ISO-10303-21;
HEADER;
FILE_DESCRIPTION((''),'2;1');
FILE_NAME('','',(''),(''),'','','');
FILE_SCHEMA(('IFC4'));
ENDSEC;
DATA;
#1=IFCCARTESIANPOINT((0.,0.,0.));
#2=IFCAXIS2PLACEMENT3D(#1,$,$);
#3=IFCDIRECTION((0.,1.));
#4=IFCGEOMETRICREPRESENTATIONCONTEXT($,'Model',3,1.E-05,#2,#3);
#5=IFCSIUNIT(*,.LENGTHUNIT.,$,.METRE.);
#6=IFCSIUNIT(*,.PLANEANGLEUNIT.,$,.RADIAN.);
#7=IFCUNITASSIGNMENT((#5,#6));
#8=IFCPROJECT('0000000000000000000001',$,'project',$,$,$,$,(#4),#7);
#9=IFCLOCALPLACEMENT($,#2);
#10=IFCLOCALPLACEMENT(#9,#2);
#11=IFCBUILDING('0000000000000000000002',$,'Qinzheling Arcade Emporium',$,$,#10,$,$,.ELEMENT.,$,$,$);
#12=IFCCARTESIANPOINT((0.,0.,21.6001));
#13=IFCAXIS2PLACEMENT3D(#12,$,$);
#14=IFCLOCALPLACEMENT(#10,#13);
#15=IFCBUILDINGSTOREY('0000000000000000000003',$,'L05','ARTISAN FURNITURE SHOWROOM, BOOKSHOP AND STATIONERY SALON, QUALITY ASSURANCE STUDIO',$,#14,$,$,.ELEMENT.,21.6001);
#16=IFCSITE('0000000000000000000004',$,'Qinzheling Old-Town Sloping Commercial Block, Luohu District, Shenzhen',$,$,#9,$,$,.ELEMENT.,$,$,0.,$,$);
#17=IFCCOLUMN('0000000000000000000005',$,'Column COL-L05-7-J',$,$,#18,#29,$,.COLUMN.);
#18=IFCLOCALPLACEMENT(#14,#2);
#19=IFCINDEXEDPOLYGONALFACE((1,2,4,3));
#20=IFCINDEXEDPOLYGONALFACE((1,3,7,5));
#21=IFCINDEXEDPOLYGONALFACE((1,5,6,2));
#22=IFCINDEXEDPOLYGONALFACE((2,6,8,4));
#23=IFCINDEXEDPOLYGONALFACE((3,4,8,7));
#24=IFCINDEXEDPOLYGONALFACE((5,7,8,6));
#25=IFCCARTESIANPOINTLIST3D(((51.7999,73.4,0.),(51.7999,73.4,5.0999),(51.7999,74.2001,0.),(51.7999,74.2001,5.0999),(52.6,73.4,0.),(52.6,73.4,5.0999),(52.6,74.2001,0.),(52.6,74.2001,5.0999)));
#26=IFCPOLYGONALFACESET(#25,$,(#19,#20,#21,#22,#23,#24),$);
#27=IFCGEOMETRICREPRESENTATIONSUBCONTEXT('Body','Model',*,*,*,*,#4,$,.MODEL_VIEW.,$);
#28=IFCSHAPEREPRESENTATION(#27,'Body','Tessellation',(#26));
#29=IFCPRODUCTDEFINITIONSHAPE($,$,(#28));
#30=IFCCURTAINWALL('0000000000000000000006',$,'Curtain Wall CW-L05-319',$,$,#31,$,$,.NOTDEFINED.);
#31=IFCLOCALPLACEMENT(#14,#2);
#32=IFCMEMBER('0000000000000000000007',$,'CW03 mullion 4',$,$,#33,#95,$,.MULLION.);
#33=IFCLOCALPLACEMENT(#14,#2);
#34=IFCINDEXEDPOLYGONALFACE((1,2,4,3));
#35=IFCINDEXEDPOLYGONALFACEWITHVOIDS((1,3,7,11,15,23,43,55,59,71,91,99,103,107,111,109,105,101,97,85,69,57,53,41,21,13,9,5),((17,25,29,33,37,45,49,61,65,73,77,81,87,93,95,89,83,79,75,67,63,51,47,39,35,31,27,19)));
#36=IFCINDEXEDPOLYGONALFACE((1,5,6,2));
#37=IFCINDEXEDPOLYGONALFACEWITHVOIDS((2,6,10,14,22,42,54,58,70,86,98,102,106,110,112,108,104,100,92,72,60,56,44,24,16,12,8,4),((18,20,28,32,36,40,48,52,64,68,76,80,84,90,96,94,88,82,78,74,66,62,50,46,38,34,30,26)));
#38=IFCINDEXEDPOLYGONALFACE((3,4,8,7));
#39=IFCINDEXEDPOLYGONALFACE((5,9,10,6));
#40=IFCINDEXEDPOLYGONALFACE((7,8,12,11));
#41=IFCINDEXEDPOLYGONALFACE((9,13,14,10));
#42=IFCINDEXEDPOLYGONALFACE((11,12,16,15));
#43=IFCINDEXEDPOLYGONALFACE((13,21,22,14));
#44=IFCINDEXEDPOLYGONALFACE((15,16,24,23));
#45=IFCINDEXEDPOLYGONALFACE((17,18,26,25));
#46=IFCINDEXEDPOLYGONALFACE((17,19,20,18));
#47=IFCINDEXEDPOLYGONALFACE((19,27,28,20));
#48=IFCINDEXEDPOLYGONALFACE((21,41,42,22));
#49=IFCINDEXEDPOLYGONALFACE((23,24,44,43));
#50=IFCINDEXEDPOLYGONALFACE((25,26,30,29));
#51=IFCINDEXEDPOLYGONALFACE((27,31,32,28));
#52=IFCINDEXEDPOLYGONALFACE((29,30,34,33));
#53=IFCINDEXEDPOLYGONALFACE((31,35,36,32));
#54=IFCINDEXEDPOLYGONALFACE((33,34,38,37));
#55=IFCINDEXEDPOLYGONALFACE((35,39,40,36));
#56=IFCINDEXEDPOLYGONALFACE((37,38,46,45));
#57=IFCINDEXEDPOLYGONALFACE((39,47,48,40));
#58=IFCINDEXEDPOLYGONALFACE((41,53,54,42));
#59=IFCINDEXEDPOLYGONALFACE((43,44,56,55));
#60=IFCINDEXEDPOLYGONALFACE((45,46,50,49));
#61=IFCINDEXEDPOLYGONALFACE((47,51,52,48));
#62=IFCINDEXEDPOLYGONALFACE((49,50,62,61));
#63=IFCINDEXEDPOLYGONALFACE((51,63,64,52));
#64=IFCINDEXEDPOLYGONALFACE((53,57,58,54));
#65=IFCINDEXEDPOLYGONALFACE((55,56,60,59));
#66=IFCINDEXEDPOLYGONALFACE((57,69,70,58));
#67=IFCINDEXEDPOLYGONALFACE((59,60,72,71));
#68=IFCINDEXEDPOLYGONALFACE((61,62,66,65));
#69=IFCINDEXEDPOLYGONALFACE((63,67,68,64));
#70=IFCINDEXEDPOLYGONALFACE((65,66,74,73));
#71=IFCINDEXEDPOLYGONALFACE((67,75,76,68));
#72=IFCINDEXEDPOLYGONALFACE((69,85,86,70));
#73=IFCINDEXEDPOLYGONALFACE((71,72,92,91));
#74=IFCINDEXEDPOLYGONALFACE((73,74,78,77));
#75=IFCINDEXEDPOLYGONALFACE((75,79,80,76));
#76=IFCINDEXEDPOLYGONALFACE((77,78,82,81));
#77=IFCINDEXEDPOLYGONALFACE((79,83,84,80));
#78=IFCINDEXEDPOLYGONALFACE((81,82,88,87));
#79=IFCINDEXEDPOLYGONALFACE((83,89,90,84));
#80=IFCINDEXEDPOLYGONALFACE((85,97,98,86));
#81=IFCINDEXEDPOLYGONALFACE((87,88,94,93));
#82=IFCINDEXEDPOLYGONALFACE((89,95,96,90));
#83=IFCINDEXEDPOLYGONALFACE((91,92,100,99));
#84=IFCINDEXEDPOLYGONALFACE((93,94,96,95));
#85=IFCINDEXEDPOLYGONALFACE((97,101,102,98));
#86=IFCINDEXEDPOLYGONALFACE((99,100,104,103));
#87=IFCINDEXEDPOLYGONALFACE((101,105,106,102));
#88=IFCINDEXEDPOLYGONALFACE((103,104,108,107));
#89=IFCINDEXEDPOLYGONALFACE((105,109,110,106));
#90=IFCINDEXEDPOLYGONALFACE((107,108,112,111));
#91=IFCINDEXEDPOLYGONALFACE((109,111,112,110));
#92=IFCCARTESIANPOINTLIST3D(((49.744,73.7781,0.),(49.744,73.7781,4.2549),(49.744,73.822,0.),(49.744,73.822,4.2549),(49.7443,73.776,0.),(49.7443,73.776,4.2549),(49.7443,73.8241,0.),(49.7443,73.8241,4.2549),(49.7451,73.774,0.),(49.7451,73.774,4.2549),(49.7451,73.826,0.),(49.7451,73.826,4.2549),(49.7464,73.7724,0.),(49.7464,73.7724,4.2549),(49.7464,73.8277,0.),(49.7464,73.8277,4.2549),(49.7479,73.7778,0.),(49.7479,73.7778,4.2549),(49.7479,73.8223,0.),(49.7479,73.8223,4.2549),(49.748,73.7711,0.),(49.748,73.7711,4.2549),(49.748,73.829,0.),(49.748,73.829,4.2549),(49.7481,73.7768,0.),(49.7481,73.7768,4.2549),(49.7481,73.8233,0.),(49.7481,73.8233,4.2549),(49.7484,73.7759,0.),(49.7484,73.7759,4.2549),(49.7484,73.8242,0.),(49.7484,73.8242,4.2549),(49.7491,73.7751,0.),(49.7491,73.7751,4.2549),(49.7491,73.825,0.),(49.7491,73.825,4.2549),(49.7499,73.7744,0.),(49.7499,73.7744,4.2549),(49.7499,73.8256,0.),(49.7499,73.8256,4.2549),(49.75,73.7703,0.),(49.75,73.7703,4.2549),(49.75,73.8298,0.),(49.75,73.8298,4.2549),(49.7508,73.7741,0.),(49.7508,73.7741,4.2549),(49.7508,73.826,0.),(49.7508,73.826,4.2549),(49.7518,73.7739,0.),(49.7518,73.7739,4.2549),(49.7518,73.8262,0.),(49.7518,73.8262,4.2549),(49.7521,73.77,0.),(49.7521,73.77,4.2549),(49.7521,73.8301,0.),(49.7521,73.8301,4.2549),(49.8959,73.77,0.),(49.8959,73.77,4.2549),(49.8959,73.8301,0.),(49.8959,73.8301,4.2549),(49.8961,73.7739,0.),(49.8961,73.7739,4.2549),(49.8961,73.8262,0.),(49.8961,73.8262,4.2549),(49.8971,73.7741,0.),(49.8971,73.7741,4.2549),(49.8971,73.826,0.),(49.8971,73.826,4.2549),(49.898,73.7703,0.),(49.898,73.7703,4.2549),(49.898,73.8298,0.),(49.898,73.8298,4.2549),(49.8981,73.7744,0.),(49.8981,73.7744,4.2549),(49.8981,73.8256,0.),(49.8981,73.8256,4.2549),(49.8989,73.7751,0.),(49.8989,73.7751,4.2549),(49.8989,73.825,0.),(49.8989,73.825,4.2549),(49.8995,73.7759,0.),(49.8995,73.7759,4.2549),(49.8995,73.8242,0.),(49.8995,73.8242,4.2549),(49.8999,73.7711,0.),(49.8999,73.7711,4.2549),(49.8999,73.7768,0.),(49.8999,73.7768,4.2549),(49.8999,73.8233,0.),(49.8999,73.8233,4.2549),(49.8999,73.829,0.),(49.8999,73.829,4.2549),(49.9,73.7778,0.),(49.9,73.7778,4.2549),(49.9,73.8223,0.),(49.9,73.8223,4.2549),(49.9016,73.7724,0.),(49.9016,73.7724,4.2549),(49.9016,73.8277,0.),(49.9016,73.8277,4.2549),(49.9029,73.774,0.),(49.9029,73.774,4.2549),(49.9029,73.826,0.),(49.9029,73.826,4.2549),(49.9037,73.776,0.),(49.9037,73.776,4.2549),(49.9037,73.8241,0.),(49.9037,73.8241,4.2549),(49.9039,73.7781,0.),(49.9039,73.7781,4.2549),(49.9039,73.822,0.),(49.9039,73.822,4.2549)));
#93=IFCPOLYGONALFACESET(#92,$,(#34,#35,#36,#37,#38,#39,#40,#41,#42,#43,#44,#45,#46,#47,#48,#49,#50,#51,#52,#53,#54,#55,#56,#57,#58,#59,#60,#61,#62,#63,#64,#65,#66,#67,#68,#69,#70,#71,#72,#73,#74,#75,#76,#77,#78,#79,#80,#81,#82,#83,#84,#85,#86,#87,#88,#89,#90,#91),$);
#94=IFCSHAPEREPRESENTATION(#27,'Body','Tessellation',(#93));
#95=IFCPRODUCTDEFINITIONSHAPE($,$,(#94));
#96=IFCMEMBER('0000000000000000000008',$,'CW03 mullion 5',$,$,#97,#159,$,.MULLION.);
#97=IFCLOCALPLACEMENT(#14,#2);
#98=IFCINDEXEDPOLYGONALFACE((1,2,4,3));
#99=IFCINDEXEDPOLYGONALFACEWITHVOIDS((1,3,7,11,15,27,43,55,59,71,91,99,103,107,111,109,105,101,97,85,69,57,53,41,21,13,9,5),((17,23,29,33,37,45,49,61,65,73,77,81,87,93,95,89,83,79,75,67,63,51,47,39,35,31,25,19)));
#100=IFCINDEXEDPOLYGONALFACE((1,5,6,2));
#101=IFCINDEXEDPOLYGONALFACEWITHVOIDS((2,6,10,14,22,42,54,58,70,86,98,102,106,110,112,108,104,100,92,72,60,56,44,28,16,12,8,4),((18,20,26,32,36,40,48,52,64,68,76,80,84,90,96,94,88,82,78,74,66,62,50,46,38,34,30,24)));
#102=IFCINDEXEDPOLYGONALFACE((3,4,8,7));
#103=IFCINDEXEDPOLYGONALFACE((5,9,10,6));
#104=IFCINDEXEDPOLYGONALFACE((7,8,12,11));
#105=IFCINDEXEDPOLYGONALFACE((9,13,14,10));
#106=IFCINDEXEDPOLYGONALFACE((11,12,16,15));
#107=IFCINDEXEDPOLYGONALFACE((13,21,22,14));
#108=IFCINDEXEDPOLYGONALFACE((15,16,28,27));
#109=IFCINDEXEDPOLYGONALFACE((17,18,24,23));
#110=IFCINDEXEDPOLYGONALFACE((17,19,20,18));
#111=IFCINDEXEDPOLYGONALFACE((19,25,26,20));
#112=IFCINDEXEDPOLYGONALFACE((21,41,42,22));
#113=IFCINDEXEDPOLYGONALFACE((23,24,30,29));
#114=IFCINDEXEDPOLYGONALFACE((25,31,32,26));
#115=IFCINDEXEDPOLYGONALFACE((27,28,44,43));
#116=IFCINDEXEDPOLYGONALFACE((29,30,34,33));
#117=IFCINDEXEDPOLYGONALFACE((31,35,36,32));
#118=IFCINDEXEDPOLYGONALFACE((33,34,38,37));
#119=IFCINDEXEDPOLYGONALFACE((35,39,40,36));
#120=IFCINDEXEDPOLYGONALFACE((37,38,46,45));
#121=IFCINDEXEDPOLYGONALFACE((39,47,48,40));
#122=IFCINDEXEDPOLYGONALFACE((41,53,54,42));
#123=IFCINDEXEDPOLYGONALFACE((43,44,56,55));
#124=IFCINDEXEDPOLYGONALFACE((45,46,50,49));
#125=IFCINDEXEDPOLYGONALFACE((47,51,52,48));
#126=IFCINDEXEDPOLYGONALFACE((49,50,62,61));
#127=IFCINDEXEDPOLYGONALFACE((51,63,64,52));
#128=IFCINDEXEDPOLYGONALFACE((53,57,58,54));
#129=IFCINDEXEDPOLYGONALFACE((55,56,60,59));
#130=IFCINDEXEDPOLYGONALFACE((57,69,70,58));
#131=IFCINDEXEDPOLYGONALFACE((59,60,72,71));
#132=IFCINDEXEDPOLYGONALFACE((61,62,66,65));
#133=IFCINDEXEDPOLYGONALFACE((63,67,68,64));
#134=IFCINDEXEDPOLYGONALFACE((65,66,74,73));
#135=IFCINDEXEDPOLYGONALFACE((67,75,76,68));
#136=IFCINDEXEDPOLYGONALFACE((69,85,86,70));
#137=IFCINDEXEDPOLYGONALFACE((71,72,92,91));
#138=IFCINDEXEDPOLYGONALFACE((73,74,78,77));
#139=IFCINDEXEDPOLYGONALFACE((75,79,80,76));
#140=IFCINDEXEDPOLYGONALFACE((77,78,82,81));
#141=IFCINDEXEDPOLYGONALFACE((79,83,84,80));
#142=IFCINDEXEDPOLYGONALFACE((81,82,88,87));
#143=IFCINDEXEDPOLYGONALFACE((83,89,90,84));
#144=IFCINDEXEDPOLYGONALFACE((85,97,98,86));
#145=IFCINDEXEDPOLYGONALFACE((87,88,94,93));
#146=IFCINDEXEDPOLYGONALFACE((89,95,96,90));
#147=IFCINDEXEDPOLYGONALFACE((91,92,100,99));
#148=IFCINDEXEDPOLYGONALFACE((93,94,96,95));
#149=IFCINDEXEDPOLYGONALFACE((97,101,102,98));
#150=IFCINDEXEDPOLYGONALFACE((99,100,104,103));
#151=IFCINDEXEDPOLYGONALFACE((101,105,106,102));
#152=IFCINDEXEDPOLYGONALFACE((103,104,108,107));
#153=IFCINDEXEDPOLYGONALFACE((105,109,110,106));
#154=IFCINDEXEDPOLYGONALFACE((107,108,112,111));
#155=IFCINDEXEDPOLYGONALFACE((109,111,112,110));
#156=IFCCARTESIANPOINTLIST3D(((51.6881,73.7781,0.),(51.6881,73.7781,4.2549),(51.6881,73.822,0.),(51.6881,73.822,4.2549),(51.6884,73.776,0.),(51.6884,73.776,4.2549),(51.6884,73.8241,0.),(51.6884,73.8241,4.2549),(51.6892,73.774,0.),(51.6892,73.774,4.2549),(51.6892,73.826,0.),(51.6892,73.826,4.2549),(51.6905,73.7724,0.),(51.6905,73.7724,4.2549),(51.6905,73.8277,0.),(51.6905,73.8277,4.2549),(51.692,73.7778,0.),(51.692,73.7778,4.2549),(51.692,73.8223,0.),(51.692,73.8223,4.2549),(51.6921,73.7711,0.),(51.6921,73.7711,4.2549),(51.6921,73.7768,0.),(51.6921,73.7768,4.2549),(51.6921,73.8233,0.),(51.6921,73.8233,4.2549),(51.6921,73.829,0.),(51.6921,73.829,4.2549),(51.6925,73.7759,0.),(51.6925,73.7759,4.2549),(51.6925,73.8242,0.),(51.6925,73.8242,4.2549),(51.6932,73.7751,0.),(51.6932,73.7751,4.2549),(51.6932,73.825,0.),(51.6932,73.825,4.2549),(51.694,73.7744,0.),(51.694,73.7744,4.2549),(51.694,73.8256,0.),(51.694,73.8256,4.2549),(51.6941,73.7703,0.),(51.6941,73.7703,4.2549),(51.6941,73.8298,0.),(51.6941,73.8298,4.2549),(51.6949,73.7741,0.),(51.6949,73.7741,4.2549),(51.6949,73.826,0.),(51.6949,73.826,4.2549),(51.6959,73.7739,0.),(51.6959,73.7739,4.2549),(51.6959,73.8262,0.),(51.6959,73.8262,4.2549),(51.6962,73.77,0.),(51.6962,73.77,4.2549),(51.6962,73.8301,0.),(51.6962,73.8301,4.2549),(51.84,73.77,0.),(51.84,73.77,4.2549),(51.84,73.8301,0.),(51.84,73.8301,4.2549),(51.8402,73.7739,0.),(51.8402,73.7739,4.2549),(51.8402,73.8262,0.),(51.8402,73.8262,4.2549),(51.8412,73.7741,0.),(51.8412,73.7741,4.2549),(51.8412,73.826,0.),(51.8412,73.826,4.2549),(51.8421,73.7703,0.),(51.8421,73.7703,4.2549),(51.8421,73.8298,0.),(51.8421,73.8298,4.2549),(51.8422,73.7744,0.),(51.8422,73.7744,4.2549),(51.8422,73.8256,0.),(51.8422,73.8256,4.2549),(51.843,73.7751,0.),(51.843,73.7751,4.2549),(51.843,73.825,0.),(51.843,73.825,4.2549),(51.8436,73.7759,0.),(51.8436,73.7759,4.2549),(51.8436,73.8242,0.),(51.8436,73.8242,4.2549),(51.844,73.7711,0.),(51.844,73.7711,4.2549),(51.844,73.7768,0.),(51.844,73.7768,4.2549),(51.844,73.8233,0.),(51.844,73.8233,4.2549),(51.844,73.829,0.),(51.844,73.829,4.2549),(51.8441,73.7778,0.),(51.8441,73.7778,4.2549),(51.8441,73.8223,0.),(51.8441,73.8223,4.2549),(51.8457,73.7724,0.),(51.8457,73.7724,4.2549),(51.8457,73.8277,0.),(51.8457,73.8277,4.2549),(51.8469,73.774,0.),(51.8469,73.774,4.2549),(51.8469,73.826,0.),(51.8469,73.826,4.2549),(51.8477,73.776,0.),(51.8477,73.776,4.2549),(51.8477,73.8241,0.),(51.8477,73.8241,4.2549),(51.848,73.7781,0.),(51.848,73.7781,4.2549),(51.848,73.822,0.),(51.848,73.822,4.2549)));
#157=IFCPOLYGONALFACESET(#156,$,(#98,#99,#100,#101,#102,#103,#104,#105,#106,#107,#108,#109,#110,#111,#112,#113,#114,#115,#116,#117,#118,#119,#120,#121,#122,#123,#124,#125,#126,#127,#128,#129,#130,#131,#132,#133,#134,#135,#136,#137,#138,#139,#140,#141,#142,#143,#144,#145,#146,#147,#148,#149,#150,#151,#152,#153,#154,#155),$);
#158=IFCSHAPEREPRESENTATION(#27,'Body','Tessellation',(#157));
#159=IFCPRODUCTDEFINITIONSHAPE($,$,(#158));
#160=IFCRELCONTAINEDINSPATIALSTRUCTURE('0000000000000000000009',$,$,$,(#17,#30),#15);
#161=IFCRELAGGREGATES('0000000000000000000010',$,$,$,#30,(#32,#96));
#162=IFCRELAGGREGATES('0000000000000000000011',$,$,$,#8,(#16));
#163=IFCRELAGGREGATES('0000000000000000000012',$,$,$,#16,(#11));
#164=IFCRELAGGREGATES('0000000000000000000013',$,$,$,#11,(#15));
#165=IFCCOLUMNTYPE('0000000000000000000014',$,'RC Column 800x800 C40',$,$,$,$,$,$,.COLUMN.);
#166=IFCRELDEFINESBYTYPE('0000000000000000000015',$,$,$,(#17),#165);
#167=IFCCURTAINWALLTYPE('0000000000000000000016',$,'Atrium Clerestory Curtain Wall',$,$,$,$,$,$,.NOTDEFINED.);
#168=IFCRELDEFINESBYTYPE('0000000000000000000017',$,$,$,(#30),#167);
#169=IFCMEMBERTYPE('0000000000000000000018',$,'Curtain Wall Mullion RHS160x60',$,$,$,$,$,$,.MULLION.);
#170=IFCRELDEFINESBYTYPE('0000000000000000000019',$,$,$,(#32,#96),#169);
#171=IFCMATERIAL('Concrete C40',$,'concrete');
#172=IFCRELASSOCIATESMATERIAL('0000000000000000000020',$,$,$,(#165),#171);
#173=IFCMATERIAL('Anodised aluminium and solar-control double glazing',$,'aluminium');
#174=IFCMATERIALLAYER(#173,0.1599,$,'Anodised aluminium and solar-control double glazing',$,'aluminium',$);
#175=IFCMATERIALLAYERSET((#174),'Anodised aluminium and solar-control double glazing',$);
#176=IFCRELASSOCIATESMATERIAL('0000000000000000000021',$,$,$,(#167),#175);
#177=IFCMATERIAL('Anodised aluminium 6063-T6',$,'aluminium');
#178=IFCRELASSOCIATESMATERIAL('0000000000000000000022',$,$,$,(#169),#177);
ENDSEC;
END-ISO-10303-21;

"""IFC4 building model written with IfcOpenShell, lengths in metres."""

from ifc_helpers import new_model, si_unit, direction, frame, origin, origin_2d, place, context, subcontext, project, spatial, rectangle, hollow_rectangle, extrude, material, layer, layer_set, material_profile, profile_set, type_object, element, aggregate, save


model = new_model("IFC4")

# Units and contexts
model_context = context("Model", 3, precision=1e-05, world=origin(), true_north=direction((0.0, 1.0)))
body_context = subcontext(model_context, "Body", "Model", "MODEL_VIEW")
ifc_project = project(units=[si_unit("LENGTHUNIT", "METRE"), si_unit("PLANEANGLEUNIT", "RADIAN")], contexts=[model_context])

# Site, building, storey
site_placement = place(None, origin())
site = spatial("IfcSite", under=ifc_project, at=site_placement, Name="Qinzheling Old-Town Sloping Commercial Block, Luohu District, Shenzhen", CompositionType="ELEMENT", RefElevation=0.0)
building_placement = place(site_placement, origin())
building = spatial("IfcBuilding", under=site, at=building_placement, Name="Qinzheling Arcade Emporium", CompositionType="ELEMENT")
storey_placement = place(building_placement, frame((0.0, 0.0, 21.6001)))
storey = spatial("IfcBuildingStorey", under=building, at=storey_placement, Name="L05", Description="ARTISAN FURNITURE SHOWROOM, BOOKSHOP AND STATIONERY SALON, QUALITY ASSURANCE STUDIO", CompositionType="ELEMENT", Elevation=21.6001)

# Column
ifc_material_1 = material(Name="Concrete C40", Category="concrete")
ifc_material_profile_1 = material_profile(ifc_material_1, rectangle(XDim=0.8, YDim=0.8, at=origin_2d()), Name="RC 800x800", Category="concrete")
ifc_profile_set_1 = profile_set([ifc_material_profile_1], Name="Concrete C40")
column_type = type_object("IfcColumnType", Name="RC Column 800x800 C40", PredefinedType="COLUMN", material=ifc_profile_set_1)
column_placement = place(storey_placement, frame((52.2, 73.8, 0.0), z_axis=(0.0, 0.0, 1.0), x_axis=(1.0, 0.0, 0.0)))
element("IfcColumn", 1, at=column_placement, inside=storey, type_object=column_type, Name="Column COL-L05-7-J", PredefinedType="COLUMN", context=body_context, shape_type="SweptSolid", body=[
    extrude(rectangle(XDim=0.8, YDim=0.8, at=origin_2d()), origin(), (0.0, 0.0, 1.0), 5.0999),
])

# Curtain wall, members
ifc_material_2 = material(Name="Anodised aluminium and solar-control double glazing", Category="aluminium")
ifc_layer_1 = layer(ifc_material_2, 0.1599, Name="Anodised aluminium and solar-control double glazing", Category="aluminium")
ifc_layer_set_1 = layer_set([ifc_layer_1], Name="Anodised aluminium and solar-control double glazing")
curtain_wall_type = type_object("IfcCurtainWallType", Name="Atrium Clerestory Curtain Wall", PredefinedType="NOTDEFINED", material=ifc_layer_set_1)
curtain_wall_1_placement = place(storey_placement, origin())
curtain_wall_1 = element("IfcCurtainWall", 2, at=curtain_wall_1_placement, inside=storey, type_object=curtain_wall_type, Name="Curtain Wall CW-L05-319", PredefinedType="NOTDEFINED")
ifc_material_3 = material(Name="Anodised aluminium 6063-T6", Category="aluminium")
ifc_material_profile_2 = material_profile(ifc_material_3, hollow_rectangle(XDim=0.0601, YDim=0.1599, WallThickness=0.0039, InnerFilletRadius=0.0039, OuterFilletRadius=0.0081, at=origin_2d()), Name="RHS 160x60x4", Category="aluminium")
ifc_profile_set_2 = profile_set([ifc_material_profile_2], Name="Anodised aluminium 6063-T6")
member_type_1 = type_object("IfcMemberType", Name="Curtain Wall Mullion RHS160x60", PredefinedType="MULLION", material=ifc_profile_set_2)
member_1_placement = place(storey_placement, frame((49.824, 73.8, 0.0), z_axis=(0.0, 0.0, 1.0), x_axis=(0.0, 1.0, 0.0)))
member_1 = element("IfcMember", 3, at=member_1_placement, type_object=member_type_1, Name="CW03 mullion 4", PredefinedType="MULLION", context=body_context, shape_type="SweptSolid", body=[
    extrude(hollow_rectangle(XDim=0.0601, YDim=0.1599, WallThickness=0.0039, InnerFilletRadius=0.0039, OuterFilletRadius=0.0081, at=origin_2d()), origin(), (0.0, 0.0, 1.0), 4.2549),
])
member_2_placement = place(storey_placement, frame((51.7681, 73.8, 0.0), z_axis=(0.0, 0.0, 1.0), x_axis=(0.0, 1.0, 0.0)))
member_2 = element("IfcMember", 4, at=member_2_placement, type_object=member_type_1, Name="CW03 mullion 5", PredefinedType="MULLION", context=body_context, shape_type="SweptSolid", body=[
    extrude(hollow_rectangle(XDim=0.0601, YDim=0.1599, WallThickness=0.0039, InnerFilletRadius=0.0039, OuterFilletRadius=0.0081, at=origin_2d()), origin(), (0.0, 0.0, 1.0), 4.2549),
])

aggregate(curtain_wall_1, [member_1, member_2])

save(model, "model.ifc")
